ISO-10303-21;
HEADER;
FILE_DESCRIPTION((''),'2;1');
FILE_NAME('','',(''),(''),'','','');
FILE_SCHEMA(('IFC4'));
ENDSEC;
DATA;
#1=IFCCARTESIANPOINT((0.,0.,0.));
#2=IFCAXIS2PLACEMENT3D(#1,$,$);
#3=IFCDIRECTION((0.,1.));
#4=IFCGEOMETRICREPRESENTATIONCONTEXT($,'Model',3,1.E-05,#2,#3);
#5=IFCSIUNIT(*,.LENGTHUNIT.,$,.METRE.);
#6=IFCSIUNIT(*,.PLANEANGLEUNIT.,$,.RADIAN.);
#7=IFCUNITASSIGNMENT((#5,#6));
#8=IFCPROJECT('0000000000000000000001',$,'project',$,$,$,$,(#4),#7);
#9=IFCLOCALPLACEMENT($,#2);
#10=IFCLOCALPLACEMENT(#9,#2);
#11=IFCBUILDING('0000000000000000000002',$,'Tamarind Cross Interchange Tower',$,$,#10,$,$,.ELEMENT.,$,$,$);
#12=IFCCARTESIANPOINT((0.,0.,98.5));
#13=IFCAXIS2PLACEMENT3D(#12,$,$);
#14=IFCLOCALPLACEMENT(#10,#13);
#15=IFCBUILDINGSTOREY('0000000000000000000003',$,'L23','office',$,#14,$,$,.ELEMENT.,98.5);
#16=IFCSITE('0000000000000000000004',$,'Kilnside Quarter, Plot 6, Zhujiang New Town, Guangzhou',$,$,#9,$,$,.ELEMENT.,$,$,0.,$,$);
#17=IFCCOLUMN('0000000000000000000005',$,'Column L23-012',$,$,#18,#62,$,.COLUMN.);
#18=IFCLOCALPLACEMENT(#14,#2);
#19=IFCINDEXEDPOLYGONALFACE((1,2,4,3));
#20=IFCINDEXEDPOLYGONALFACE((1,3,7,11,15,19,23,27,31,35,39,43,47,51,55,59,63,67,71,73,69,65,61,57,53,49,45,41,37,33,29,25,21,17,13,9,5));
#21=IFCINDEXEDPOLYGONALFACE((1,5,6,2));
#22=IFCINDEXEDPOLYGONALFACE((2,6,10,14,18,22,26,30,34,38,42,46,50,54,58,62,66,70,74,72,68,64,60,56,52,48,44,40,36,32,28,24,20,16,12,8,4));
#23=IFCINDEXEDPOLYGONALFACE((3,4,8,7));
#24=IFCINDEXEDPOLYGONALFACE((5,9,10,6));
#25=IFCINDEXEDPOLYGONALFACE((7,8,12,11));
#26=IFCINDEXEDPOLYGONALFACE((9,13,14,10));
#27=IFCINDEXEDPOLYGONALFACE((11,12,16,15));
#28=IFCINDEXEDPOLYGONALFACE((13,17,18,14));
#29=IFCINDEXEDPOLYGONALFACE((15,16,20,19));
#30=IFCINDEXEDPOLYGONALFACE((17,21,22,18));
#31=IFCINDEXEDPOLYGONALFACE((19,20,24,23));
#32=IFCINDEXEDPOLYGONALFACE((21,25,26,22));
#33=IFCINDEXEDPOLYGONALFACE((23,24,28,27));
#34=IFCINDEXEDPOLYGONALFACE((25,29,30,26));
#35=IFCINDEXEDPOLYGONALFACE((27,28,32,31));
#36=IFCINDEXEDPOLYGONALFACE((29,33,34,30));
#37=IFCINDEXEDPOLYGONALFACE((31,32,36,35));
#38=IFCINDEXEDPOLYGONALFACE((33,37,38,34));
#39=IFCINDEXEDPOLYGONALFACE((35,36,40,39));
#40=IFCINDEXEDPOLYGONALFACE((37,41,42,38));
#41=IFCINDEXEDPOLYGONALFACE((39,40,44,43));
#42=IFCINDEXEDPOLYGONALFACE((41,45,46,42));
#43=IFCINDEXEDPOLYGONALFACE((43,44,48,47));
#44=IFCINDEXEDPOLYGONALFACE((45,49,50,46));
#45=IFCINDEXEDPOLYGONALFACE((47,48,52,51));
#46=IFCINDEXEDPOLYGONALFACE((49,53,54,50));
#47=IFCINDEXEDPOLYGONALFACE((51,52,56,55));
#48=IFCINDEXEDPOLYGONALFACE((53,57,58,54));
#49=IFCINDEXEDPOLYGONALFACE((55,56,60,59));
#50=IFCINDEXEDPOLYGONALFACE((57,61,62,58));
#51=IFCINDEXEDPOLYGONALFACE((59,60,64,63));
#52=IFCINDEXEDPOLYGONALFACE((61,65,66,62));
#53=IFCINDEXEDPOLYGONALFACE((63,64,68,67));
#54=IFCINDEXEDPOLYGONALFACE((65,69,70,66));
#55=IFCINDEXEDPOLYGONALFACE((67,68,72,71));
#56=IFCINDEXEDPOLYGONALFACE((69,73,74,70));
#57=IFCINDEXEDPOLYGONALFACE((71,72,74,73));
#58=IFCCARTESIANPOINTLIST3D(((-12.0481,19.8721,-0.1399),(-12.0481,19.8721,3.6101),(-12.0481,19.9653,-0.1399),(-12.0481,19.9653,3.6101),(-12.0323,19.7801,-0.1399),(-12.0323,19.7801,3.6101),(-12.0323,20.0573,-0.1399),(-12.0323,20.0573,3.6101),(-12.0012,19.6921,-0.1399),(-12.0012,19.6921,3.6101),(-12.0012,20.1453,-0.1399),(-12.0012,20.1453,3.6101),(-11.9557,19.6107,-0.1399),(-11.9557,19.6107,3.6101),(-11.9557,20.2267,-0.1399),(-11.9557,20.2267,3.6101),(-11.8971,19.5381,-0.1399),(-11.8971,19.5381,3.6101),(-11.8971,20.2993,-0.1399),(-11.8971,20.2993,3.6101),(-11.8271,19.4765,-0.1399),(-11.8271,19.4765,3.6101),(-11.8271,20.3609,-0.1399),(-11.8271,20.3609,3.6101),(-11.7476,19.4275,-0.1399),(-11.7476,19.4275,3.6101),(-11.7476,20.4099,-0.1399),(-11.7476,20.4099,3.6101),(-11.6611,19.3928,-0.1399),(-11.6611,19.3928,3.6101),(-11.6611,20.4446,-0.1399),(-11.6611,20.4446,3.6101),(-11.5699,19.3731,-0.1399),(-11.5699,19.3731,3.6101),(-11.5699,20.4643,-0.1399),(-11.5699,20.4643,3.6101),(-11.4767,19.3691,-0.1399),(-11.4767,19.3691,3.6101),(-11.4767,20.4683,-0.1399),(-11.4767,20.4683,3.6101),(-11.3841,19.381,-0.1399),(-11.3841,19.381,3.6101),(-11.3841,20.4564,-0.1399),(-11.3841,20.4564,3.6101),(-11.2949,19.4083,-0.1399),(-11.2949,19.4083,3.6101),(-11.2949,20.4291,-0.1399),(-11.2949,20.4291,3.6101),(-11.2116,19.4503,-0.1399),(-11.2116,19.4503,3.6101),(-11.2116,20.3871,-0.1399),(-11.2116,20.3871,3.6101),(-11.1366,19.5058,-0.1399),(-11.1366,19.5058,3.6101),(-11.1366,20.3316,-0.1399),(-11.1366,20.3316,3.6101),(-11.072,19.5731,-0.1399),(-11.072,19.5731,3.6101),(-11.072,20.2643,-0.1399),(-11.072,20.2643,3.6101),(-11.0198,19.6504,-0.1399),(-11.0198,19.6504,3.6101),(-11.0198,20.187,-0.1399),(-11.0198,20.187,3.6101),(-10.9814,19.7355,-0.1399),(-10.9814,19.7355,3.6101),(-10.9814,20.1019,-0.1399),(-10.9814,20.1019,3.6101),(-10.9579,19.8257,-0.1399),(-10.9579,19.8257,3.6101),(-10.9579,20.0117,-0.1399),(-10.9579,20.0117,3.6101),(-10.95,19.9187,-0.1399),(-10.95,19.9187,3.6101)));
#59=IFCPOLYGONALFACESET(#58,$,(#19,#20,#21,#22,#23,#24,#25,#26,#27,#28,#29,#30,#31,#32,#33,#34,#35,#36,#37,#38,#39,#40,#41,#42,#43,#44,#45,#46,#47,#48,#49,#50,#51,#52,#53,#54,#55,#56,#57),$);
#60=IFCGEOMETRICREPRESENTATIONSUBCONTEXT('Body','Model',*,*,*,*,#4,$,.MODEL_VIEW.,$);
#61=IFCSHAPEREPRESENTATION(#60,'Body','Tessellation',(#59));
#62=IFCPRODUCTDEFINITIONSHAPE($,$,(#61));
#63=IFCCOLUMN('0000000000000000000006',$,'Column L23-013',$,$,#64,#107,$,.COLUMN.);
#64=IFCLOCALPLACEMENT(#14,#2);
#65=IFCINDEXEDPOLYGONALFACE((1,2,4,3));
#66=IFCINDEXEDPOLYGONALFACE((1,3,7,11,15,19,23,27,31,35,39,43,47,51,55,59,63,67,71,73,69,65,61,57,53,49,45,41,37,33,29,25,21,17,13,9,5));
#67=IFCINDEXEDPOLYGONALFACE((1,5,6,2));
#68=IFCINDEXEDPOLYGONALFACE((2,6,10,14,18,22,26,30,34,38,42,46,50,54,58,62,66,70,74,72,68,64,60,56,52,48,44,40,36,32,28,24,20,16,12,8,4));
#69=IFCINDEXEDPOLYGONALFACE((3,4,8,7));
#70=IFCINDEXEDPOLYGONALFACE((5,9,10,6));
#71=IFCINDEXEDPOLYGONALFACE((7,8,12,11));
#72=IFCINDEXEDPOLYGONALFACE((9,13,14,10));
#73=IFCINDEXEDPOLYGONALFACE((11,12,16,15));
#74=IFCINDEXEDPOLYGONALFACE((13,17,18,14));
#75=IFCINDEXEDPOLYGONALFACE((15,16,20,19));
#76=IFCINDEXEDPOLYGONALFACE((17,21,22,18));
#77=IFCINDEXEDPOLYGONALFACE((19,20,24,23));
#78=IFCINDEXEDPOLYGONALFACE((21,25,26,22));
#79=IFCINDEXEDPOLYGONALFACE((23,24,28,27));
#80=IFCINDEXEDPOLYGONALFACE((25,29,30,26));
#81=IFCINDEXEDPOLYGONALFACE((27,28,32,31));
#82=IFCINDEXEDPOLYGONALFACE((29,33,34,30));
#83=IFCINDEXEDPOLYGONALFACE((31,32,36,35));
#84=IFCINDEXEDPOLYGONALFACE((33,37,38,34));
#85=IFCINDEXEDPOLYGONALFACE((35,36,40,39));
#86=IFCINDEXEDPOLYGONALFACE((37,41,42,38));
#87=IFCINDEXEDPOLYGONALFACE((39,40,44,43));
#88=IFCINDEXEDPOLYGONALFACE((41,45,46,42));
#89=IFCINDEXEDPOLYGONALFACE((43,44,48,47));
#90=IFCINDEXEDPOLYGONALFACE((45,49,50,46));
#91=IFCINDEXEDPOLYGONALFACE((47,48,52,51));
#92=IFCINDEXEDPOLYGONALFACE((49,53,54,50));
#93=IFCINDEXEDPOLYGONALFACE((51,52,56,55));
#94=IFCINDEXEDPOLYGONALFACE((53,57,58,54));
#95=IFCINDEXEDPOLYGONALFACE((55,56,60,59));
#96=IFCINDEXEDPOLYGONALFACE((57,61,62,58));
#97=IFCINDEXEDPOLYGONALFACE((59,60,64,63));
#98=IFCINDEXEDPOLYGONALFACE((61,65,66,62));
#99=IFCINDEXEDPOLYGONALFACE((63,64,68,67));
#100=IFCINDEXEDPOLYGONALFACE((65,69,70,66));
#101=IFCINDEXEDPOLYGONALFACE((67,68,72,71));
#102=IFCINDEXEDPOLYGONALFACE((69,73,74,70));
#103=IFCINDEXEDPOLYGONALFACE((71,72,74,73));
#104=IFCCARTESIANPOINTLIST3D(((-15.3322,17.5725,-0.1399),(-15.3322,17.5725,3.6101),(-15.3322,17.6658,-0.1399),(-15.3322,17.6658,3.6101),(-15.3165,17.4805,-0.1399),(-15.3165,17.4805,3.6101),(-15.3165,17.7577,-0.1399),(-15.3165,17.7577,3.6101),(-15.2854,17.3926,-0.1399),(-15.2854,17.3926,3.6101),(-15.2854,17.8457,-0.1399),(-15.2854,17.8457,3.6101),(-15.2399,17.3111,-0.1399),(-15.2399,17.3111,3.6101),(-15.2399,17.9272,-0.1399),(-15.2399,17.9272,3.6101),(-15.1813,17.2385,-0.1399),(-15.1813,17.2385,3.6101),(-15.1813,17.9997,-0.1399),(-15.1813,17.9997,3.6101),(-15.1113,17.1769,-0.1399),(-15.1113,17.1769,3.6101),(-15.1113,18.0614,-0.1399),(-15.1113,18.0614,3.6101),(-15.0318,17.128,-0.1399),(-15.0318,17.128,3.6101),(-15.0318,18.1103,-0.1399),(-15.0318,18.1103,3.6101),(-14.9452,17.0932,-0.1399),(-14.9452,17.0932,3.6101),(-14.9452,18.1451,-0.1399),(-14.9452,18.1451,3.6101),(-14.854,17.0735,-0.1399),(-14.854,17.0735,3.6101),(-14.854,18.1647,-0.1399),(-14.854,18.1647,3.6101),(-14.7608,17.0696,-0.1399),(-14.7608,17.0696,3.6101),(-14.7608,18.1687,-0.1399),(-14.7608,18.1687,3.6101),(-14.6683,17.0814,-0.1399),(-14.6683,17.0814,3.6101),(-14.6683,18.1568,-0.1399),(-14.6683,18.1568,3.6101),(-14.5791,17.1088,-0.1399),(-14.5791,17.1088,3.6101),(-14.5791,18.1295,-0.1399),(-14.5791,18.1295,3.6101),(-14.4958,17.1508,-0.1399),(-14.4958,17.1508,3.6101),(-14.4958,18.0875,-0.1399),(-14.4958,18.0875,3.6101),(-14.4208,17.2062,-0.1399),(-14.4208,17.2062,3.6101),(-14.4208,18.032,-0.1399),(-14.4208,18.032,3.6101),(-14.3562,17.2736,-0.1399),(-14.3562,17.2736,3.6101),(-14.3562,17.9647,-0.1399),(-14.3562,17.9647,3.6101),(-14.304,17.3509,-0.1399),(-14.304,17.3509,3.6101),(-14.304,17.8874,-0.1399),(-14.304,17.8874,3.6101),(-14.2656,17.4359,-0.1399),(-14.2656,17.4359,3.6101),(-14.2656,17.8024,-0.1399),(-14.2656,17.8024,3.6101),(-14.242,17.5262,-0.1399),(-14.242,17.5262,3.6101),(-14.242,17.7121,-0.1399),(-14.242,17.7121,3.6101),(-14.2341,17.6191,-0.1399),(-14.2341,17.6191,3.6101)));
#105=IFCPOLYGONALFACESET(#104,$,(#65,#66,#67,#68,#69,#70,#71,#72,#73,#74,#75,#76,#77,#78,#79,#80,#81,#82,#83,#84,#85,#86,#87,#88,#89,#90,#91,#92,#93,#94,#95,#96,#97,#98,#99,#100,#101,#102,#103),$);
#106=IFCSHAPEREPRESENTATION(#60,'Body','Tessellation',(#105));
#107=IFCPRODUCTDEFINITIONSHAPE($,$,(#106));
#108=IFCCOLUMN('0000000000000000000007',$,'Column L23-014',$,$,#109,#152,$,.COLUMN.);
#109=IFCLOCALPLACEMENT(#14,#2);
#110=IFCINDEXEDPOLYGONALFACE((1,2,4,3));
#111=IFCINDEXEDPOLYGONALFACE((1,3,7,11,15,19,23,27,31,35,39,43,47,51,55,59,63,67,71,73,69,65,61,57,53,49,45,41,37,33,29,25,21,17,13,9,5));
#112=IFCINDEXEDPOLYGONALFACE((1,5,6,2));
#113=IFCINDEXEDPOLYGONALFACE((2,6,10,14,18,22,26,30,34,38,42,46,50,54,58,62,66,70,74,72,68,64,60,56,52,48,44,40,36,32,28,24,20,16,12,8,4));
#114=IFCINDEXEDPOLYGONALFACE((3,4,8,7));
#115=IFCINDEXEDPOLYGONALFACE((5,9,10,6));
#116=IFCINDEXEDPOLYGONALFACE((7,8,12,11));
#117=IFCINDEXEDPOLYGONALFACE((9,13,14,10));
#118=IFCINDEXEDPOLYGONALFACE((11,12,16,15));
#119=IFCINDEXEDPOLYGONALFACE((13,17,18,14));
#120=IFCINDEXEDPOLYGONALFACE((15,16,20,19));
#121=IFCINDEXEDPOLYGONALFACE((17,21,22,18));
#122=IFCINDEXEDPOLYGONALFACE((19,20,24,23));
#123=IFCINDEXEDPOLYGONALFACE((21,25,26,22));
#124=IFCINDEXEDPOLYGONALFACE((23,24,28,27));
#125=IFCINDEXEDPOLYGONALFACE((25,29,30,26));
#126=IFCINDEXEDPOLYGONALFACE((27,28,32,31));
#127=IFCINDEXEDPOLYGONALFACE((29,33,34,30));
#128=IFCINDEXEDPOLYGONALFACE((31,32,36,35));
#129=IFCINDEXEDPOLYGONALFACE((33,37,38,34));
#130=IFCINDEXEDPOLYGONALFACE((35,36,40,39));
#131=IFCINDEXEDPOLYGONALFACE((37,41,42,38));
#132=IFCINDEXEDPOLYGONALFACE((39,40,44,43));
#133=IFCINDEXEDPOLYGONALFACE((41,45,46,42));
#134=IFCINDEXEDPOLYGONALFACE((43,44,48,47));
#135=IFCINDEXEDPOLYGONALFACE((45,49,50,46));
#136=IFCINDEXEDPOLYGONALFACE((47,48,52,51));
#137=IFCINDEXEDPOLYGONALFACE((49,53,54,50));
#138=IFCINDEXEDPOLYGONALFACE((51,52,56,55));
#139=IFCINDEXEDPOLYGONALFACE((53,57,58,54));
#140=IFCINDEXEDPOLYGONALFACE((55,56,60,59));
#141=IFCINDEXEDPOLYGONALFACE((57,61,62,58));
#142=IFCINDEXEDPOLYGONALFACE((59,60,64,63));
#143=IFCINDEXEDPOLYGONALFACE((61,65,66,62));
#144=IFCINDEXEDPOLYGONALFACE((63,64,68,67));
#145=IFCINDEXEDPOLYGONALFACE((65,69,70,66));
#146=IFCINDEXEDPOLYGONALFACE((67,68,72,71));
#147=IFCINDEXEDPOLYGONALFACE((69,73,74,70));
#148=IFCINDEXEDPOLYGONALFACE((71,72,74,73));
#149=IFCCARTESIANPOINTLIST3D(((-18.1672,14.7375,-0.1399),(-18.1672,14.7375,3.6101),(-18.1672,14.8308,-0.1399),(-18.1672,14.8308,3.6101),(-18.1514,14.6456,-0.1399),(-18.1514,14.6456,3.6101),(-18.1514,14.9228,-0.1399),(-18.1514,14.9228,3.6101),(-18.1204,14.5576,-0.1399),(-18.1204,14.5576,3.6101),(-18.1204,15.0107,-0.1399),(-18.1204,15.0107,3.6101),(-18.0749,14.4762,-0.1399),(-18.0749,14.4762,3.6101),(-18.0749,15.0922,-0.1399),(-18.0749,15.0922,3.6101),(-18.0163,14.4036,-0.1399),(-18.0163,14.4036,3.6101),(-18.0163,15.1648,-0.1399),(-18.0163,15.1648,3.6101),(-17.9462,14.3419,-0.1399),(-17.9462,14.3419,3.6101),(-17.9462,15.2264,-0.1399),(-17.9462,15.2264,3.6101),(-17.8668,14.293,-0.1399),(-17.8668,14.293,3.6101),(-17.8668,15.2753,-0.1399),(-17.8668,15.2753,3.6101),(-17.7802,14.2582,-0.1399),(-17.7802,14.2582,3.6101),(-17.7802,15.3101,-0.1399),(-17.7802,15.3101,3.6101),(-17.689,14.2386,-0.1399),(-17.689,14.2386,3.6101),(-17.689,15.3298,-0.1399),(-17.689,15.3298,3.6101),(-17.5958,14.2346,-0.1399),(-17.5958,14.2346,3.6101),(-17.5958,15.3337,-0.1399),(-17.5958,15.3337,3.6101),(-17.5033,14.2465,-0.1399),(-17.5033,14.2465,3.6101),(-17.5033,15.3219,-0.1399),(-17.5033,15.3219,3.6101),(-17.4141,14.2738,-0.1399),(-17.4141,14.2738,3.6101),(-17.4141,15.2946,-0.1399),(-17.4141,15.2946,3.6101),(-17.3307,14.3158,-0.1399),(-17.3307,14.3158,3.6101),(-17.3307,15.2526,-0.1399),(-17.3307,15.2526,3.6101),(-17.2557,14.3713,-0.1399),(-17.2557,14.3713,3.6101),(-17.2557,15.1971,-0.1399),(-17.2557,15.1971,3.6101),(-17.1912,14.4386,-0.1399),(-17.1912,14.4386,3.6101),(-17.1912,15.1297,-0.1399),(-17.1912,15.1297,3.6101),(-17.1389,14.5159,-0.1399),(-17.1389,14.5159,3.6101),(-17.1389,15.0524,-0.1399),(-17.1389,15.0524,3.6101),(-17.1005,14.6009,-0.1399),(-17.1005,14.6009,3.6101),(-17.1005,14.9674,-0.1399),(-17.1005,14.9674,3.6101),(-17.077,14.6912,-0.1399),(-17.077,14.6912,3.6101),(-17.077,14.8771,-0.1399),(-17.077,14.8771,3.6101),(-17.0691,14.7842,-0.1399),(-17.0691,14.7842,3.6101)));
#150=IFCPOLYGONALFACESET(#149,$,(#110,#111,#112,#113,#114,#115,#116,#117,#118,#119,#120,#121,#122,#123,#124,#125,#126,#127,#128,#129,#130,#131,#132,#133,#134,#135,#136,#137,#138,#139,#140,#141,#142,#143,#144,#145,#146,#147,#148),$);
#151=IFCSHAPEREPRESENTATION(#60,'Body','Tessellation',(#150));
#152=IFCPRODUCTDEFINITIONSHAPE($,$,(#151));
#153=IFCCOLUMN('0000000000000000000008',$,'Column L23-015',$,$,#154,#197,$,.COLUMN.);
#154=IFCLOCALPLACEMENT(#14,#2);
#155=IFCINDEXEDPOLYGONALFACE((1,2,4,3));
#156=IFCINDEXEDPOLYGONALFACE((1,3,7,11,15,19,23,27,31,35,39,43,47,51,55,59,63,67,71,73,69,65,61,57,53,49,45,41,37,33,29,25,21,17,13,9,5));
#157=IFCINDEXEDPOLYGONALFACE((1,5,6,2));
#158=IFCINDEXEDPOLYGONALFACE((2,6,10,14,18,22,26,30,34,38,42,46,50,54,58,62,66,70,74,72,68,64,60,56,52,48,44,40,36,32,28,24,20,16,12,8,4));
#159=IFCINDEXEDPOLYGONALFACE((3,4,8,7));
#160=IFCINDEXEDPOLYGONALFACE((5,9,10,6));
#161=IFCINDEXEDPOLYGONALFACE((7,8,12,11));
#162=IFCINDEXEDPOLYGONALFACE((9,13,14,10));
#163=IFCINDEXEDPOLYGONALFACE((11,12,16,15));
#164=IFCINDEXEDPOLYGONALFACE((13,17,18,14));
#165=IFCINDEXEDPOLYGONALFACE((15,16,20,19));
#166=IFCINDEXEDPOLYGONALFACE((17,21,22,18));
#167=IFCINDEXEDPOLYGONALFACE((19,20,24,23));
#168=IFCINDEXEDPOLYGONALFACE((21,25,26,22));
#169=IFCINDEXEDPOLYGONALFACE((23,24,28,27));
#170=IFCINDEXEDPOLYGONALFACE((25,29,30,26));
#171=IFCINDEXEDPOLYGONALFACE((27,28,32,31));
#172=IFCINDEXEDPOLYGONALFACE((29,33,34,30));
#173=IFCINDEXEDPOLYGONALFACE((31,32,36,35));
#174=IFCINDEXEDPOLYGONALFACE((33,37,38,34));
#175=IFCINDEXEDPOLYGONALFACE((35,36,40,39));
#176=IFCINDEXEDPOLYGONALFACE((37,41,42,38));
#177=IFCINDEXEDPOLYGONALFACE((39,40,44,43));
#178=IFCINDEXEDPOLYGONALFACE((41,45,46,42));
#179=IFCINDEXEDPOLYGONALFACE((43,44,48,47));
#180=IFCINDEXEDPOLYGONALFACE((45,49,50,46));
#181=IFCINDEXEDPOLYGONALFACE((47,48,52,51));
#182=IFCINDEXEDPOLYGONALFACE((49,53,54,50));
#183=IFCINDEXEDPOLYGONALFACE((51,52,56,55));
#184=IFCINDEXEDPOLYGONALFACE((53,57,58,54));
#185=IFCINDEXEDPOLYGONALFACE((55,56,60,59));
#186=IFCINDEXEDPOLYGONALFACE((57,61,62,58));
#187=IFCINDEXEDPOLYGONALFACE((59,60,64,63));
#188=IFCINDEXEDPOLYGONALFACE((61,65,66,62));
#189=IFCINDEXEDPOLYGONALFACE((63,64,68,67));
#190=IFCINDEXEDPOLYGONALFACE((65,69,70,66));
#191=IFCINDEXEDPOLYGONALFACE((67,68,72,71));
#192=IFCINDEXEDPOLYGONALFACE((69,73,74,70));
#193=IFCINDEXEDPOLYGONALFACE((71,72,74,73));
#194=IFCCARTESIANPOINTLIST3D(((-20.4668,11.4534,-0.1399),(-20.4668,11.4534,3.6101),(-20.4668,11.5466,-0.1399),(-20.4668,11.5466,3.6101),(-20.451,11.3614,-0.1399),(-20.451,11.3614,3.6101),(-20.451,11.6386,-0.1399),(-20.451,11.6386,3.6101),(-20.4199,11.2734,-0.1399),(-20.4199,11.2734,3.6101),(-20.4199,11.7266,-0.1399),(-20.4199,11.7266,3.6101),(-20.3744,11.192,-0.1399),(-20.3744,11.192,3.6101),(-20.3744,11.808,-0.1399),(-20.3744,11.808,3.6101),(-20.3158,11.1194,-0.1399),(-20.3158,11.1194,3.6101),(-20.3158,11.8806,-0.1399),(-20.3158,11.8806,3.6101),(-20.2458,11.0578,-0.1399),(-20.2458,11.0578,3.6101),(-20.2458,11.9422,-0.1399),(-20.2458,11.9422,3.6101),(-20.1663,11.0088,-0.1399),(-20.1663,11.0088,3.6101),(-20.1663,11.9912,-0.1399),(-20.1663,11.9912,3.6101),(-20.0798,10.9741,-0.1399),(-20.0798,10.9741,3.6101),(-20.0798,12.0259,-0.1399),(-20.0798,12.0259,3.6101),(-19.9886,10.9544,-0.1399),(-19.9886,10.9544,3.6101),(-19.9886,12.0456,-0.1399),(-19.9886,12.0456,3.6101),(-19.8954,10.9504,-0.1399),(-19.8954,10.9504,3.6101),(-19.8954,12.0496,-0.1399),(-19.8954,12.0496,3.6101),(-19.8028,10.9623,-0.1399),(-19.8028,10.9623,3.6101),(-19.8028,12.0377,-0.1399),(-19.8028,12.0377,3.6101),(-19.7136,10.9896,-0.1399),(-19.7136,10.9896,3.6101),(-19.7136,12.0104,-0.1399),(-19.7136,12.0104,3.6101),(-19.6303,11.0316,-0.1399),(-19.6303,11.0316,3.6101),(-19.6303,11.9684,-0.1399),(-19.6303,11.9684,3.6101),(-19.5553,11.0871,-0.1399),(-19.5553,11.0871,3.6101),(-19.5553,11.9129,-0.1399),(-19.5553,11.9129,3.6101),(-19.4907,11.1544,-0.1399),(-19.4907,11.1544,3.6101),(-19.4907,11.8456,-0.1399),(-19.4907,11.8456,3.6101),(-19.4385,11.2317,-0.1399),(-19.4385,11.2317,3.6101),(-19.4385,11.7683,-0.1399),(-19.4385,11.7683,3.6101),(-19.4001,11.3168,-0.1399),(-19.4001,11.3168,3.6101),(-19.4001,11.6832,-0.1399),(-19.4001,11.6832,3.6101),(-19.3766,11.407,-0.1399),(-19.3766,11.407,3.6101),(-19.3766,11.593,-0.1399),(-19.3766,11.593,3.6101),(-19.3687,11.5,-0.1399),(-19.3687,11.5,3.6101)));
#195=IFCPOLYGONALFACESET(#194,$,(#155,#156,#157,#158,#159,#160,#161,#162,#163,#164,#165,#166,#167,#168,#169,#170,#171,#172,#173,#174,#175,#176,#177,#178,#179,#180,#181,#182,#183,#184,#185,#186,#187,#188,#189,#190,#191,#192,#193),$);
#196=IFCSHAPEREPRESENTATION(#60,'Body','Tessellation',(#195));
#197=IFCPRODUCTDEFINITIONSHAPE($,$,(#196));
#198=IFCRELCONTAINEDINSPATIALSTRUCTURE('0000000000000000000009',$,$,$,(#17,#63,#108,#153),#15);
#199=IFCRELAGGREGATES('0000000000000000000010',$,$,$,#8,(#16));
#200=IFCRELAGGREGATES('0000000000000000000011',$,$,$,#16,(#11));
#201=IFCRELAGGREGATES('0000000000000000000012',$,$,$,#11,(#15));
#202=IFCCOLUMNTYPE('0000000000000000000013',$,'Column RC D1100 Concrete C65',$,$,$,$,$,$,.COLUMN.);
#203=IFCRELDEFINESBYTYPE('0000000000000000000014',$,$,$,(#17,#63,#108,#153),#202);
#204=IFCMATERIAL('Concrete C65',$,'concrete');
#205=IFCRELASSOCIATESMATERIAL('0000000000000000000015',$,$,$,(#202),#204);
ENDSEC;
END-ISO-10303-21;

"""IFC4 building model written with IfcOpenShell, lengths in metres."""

from ifc_helpers import new_model, si_unit, direction, frame, origin, origin_2d, place, context, subcontext, project, spatial, circle, extrude, material, material_profile, profile_set, type_object, element, save


model = new_model("IFC4")

# Units and contexts
model_context = context("Model", 3, precision=1e-05, world=origin(), true_north=direction((0.0, 1.0)))
body_context = subcontext(model_context, "Body", "Model", "MODEL_VIEW")
ifc_project = project(units=[si_unit("LENGTHUNIT", "METRE"), si_unit("PLANEANGLEUNIT", "RADIAN")], contexts=[model_context])

# Site, building, storey
site_placement = place(None, origin())
site = spatial("IfcSite", under=ifc_project, at=site_placement, Name="Kilnside Quarter, Plot 6, Zhujiang New Town, Guangzhou", CompositionType="ELEMENT", RefElevation=0.0)
building_placement = place(site_placement, origin())
building = spatial("IfcBuilding", under=site, at=building_placement, Name="Tamarind Cross Interchange Tower", CompositionType="ELEMENT")
storey_placement = place(building_placement, frame((0.0, 0.0, 98.5)))
storey = spatial("IfcBuildingStorey", under=building, at=storey_placement, Name="L23", Description="office", CompositionType="ELEMENT", Elevation=98.5)

# Columns
ifc_material_1 = material(Name="Concrete C65", Category="concrete")
ifc_material_profile_1 = material_profile(ifc_material_1, circle(Radius=0.55, at=origin_2d()), Name="RC D1100")
ifc_profile_set_1 = profile_set([ifc_material_profile_1], Name="Concrete C65")
column_type = type_object("IfcColumnType", Name="Column RC D1100 Concrete C65", PredefinedType="COLUMN", material=ifc_profile_set_1)
for number, where, z_axis, x_axis, name in (
    (1, (-11.5, 19.9187, -0.1399), (0.0, 0.0, 1.0), (1.0, 0.0, 0.0), "Column L23-012"),
    (2, (-14.7842, 17.6191, -0.1399), (0.0, 0.0, 1.0), (1.0, 0.0, 0.0), "Column L23-013"),
    (3, (-17.6191, 14.7842, -0.1399), (0.0, 0.0, 1.0), (1.0, 0.0, 0.0), "Column L23-014"),
    (4, (-19.9187, 11.5, -0.1399), (0.0, 0.0, 1.0), (1.0, 0.0, 0.0), "Column L23-015"),
):
    element("IfcColumn", number, at=place(storey_placement, frame(where, z_axis=z_axis, x_axis=x_axis)), inside=storey, type_object=column_type, Name=name, PredefinedType="COLUMN", context=body_context, shape_type="SweptSolid", body=[
        extrude(circle(Radius=0.55, at=origin_2d()), origin(), (0.0, 0.0, 1.0), 3.75),
    ])

save(model, "model.ifc")
